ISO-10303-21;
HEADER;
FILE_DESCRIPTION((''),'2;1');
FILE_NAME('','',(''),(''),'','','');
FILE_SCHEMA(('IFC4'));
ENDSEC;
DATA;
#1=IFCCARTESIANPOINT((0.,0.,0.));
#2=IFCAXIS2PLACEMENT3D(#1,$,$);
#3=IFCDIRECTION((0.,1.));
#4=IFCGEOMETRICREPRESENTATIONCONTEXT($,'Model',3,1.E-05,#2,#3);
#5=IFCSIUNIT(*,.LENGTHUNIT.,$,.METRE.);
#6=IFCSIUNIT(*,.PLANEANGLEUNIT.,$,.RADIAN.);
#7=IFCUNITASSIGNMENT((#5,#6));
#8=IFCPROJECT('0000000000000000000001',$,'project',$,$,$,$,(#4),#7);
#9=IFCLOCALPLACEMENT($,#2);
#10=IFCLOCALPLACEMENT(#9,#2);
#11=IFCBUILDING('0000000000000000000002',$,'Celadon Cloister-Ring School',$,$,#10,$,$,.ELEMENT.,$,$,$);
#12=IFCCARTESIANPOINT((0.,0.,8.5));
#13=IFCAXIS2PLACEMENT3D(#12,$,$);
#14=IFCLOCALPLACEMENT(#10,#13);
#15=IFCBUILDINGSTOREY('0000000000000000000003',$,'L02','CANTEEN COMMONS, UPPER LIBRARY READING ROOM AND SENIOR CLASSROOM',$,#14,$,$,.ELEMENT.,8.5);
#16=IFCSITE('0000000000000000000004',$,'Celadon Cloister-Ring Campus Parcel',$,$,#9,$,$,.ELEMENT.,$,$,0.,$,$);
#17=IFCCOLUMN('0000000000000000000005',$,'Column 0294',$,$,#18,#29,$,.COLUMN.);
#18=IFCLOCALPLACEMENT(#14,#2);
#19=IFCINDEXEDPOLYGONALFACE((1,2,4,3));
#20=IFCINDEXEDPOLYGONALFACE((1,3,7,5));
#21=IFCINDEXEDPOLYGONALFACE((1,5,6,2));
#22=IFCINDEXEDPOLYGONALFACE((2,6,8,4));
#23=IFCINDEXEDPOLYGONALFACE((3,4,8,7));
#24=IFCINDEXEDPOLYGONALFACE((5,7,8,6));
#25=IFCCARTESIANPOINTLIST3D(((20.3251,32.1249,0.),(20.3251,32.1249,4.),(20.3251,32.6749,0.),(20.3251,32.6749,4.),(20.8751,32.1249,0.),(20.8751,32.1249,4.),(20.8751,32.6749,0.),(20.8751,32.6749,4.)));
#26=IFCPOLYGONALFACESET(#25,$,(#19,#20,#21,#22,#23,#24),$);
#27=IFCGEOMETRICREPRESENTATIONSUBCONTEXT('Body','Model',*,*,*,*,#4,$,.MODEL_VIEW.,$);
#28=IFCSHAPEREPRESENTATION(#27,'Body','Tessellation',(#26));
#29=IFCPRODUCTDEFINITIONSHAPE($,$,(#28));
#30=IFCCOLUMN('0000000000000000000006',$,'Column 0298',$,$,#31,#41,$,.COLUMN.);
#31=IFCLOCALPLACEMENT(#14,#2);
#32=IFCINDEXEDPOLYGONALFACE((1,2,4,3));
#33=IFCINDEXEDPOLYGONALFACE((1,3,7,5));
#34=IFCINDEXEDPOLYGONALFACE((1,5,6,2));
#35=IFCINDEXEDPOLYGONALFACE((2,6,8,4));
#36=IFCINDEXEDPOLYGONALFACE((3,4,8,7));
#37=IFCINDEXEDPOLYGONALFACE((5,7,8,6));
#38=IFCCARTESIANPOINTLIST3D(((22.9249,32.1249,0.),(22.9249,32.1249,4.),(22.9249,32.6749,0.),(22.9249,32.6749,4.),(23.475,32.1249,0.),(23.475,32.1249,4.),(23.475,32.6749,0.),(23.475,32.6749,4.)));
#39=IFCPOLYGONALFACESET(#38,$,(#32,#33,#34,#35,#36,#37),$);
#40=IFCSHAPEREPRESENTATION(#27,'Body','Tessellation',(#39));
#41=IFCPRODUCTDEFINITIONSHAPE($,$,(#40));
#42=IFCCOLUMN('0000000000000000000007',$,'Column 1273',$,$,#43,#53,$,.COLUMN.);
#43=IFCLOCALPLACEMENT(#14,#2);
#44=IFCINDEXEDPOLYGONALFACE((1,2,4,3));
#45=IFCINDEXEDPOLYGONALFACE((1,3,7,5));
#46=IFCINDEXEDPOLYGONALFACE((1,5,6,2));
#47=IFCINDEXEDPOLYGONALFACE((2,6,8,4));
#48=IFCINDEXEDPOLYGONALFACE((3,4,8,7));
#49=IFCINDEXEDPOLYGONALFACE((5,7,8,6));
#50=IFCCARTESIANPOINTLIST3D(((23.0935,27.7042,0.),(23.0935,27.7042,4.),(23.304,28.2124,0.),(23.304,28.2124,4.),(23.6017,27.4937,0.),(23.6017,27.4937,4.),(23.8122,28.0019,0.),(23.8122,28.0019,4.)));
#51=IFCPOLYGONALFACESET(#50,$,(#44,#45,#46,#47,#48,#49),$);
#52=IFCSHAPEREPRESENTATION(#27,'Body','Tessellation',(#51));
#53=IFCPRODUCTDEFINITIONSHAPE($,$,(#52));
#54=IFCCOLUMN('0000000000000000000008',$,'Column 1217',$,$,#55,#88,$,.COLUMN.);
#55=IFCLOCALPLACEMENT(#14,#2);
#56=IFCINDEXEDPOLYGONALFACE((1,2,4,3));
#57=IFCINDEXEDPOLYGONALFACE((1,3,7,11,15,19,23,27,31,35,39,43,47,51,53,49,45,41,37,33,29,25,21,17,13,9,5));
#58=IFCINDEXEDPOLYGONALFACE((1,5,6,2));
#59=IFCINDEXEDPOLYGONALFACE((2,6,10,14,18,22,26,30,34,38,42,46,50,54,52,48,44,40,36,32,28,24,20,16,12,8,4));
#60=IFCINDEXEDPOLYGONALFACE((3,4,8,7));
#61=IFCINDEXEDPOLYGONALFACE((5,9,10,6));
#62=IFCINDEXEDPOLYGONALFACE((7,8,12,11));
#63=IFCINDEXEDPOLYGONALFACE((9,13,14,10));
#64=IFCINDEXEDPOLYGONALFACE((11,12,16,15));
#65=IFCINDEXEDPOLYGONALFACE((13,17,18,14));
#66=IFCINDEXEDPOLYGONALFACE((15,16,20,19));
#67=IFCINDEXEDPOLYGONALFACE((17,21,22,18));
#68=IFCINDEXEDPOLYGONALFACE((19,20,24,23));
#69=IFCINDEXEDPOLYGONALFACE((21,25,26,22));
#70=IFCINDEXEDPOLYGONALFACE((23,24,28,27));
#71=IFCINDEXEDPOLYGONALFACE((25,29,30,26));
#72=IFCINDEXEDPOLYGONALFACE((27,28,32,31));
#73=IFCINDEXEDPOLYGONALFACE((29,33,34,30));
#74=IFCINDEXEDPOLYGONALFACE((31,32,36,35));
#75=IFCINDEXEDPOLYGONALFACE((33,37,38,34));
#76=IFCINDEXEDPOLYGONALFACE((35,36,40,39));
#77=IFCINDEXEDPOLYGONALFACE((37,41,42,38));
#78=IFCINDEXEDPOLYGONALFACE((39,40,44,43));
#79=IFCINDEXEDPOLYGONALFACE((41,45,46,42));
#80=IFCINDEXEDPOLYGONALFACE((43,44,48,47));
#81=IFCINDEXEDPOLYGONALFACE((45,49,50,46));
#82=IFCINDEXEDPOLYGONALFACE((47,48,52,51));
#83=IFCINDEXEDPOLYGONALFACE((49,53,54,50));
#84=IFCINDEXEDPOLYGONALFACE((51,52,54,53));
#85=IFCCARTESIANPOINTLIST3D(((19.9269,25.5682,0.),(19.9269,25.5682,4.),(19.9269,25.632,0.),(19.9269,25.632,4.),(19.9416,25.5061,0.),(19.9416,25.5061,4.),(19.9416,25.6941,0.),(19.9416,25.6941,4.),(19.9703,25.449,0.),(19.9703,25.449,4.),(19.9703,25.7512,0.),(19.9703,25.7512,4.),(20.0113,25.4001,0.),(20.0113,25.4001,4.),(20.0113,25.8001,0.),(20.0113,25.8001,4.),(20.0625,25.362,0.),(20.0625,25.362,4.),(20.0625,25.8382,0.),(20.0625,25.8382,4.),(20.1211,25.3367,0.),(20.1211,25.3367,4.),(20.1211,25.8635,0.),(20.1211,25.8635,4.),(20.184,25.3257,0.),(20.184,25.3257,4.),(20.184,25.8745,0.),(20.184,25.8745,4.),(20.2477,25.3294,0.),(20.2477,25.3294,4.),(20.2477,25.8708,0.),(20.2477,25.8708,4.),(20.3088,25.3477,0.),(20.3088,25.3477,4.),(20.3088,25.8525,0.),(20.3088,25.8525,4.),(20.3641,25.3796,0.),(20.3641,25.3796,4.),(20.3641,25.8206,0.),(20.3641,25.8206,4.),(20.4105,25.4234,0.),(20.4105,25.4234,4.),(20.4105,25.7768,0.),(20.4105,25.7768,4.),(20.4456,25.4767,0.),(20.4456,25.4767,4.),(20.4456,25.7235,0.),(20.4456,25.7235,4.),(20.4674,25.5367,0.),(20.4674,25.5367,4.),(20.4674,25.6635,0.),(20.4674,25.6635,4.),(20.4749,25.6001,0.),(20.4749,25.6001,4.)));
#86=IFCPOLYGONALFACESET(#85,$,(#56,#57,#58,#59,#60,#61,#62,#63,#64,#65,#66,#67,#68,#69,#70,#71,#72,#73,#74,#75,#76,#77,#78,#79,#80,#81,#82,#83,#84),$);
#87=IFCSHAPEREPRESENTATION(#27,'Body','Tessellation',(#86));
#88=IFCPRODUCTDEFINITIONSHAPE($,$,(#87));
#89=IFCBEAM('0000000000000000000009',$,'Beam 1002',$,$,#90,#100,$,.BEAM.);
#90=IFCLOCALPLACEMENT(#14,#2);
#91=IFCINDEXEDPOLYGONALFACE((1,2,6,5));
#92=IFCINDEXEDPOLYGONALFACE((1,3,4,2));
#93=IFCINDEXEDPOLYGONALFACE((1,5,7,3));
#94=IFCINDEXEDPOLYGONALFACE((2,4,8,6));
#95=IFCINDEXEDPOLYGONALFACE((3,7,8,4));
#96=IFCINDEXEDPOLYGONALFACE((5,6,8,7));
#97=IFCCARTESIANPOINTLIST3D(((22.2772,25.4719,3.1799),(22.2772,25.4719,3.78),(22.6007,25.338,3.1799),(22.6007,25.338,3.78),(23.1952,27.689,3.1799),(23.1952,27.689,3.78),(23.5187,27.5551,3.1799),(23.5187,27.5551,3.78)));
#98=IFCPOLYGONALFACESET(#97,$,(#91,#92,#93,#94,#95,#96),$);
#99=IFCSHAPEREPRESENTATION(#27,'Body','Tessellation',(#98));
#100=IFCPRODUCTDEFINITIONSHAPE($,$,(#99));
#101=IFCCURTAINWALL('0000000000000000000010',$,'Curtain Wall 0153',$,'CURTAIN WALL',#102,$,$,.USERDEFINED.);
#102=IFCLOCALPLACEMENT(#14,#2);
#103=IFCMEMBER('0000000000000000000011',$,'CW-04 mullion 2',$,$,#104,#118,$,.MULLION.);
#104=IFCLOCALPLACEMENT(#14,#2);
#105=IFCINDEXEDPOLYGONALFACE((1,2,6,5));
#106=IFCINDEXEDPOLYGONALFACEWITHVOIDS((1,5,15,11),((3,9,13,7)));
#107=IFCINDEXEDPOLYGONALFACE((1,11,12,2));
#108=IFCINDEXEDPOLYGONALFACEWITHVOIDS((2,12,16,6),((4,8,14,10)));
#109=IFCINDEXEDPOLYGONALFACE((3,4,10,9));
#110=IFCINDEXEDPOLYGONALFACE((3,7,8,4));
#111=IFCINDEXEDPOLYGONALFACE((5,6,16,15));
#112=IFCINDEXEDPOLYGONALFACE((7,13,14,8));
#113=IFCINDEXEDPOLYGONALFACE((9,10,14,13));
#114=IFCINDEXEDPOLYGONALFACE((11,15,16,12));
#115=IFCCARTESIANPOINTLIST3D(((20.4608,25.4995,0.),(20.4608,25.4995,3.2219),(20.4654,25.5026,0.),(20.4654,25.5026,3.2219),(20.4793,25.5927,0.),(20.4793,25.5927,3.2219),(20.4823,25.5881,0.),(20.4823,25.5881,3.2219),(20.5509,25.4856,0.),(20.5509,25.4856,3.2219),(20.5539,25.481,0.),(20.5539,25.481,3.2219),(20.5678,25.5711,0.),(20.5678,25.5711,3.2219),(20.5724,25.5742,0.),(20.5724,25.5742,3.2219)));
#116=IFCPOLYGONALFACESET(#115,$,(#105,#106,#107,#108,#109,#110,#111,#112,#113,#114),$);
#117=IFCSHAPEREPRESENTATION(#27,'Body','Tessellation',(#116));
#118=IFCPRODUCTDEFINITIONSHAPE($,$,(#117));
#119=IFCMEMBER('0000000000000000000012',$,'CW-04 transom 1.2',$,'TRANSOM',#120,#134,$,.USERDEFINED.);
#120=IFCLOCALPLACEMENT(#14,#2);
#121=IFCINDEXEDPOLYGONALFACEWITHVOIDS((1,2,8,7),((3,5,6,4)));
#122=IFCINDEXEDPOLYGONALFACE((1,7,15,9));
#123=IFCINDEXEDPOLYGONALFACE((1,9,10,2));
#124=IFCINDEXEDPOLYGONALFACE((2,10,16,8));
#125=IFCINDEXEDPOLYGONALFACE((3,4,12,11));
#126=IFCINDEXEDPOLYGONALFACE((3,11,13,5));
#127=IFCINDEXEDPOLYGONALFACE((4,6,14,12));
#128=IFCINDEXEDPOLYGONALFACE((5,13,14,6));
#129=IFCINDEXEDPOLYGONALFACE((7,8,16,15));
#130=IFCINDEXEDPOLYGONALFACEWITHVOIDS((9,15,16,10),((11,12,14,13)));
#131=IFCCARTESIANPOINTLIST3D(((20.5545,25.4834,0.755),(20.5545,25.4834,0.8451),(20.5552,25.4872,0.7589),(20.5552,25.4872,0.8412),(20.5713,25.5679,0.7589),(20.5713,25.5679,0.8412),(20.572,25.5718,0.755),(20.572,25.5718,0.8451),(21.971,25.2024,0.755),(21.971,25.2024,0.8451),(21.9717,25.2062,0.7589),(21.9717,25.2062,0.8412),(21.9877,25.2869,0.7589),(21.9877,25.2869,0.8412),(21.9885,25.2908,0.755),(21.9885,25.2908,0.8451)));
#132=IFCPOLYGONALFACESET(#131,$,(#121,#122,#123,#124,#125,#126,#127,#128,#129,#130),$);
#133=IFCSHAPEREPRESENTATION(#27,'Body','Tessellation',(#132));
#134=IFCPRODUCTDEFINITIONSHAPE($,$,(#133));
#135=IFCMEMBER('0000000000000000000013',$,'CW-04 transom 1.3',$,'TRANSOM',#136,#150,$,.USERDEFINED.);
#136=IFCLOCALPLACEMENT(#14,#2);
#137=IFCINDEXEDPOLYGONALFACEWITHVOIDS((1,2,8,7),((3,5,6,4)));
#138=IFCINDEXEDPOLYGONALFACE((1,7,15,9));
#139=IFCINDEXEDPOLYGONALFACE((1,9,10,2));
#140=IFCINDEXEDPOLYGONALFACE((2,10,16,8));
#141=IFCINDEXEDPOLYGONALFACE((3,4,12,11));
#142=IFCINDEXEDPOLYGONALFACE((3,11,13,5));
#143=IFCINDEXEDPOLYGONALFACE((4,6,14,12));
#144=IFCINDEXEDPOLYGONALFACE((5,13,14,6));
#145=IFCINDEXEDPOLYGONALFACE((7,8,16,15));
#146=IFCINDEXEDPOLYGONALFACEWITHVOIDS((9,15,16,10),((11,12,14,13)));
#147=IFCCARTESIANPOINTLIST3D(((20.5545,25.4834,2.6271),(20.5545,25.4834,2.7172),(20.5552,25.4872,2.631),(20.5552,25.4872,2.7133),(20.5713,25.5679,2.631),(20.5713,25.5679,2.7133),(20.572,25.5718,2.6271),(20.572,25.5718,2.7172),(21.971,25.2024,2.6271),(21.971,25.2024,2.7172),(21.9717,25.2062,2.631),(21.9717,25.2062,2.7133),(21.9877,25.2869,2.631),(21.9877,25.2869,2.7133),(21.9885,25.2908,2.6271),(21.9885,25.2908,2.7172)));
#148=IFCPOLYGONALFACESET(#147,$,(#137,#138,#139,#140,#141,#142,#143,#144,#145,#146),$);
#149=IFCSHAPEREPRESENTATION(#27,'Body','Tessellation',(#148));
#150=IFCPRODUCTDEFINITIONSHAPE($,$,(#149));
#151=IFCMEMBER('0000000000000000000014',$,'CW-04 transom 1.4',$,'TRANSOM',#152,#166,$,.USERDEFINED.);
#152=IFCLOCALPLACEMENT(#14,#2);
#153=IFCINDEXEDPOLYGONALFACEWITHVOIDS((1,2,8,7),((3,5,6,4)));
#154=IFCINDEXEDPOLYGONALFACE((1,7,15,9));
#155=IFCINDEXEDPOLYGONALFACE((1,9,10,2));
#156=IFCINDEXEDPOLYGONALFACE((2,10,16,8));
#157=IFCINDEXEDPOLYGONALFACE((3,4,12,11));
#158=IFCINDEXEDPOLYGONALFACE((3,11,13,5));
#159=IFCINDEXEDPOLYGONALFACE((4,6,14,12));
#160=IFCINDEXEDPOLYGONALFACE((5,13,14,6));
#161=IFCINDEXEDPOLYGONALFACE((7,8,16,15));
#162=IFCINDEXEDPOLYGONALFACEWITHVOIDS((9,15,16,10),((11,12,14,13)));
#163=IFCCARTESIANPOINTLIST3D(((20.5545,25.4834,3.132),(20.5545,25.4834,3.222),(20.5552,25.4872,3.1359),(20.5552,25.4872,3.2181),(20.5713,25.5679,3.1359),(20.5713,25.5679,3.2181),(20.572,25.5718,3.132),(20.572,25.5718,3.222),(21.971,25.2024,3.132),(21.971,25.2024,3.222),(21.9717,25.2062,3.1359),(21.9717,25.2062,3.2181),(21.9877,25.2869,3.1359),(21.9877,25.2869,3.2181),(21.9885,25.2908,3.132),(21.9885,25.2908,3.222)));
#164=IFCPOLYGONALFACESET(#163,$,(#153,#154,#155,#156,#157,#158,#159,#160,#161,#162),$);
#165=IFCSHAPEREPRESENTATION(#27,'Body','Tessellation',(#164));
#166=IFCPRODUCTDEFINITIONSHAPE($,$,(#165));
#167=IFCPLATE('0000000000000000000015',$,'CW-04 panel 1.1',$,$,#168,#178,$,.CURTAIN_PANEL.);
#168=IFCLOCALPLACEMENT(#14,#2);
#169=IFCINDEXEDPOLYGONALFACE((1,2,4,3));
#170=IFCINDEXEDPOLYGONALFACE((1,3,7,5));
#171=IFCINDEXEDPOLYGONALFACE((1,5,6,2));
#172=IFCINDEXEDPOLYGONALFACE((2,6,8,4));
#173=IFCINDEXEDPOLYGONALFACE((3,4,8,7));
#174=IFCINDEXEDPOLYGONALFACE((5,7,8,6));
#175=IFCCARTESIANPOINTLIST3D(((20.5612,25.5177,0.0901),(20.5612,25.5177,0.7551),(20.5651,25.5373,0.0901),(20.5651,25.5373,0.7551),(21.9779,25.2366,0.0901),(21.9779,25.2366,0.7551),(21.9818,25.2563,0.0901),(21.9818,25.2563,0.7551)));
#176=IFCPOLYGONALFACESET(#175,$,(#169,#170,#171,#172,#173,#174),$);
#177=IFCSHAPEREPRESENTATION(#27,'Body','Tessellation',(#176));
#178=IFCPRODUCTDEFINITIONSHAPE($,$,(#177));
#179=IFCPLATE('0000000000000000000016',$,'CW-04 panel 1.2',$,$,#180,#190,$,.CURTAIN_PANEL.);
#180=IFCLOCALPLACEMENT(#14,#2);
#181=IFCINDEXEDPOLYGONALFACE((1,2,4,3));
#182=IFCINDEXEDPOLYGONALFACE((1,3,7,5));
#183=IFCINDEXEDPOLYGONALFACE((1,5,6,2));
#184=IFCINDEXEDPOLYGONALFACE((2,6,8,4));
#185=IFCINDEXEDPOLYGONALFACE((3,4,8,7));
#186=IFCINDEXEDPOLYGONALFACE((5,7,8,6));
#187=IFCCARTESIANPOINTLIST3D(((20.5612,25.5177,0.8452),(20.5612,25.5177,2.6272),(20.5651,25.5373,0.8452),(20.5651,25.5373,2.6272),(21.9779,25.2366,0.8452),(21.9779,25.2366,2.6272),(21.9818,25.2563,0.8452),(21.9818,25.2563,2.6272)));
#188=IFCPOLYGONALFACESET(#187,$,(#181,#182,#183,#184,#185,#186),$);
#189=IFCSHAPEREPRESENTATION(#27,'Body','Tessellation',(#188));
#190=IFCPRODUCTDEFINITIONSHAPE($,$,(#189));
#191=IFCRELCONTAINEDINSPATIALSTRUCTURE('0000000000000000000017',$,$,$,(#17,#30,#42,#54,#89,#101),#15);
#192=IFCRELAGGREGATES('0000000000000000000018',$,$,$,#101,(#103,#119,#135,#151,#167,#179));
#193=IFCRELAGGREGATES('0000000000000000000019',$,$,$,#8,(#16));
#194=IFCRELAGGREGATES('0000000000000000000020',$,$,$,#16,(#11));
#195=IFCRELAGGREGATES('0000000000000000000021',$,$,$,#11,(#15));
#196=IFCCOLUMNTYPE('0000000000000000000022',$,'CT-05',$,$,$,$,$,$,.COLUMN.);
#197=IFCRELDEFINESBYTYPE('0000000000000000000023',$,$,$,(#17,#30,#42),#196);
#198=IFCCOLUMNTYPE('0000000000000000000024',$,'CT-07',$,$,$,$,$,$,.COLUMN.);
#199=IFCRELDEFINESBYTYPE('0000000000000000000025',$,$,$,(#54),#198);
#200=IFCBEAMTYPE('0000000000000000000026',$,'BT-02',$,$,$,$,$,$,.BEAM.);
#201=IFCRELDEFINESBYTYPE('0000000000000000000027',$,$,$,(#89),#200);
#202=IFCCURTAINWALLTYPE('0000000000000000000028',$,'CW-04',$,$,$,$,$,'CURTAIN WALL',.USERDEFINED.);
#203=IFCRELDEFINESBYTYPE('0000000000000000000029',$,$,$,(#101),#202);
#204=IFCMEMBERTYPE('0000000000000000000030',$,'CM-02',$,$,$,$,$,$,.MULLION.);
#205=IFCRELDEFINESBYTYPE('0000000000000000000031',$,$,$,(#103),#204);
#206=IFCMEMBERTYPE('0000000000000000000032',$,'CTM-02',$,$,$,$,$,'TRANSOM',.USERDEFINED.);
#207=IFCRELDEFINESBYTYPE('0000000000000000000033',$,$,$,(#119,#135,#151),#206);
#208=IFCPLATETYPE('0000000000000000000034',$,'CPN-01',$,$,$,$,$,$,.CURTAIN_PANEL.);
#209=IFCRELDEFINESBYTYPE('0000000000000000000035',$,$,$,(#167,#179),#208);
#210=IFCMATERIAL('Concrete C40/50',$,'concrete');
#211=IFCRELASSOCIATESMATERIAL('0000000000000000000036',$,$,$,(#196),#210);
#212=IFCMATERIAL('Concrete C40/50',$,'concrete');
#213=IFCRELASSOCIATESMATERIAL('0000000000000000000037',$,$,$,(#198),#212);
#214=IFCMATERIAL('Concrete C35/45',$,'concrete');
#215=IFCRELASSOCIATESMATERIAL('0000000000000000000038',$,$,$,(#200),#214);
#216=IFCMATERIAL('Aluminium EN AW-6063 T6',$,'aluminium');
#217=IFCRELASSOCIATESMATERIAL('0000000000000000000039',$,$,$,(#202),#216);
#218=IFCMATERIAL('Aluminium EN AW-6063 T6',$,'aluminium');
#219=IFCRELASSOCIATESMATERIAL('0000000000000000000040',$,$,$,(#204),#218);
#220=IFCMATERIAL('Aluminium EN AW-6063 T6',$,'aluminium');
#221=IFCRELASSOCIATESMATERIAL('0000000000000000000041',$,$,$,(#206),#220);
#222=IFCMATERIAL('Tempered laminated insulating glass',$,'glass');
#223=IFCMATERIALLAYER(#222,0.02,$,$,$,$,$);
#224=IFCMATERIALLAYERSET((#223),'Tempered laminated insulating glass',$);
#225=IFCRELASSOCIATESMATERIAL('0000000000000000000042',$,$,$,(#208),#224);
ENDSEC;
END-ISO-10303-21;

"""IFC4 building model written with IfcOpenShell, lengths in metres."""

from ifc_helpers import new_model, si_unit, direction, frame, origin, origin_2d, place, context, subcontext, project, spatial, rectangle, hollow_rectangle, circle, extrude, material, layer, layer_set, material_profile, profile_set, type_object, element, aggregate, save


model = new_model("IFC4")

# Units and contexts
model_context = context("Model", 3, precision=1e-05, world=origin(), true_north=direction((0.0, 1.0)))
body_context = subcontext(model_context, "Body", "Model", "MODEL_VIEW")
ifc_project = project(units=[si_unit("LENGTHUNIT", "METRE"), si_unit("PLANEANGLEUNIT", "RADIAN")], contexts=[model_context])

# Site, building, storey
site_placement = place(None, origin())
site = spatial("IfcSite", under=ifc_project, at=site_placement, Name="Celadon Cloister-Ring Campus Parcel", CompositionType="ELEMENT", RefElevation=0.0)
building_placement = place(site_placement, origin())
building = spatial("IfcBuilding", under=site, at=building_placement, Name="Celadon Cloister-Ring School", CompositionType="ELEMENT")
storey_placement = place(building_placement, frame((0.0, 0.0, 8.5)))
storey = spatial("IfcBuildingStorey", under=building, at=storey_placement, Name="L02", Description="CANTEEN COMMONS, UPPER LIBRARY READING ROOM AND SENIOR CLASSROOM", CompositionType="ELEMENT", Elevation=8.5)

# Columns
ifc_material_1 = material(Name="Concrete C40/50", Category="concrete")
ifc_material_profile_1 = material_profile(ifc_material_1, rectangle(XDim=0.55, YDim=0.55, at=origin_2d()), Name="RC550X550")
ifc_profile_set_1 = profile_set([ifc_material_profile_1], Name="Concrete C40/50")
column_type_1 = type_object("IfcColumnType", Name="CT-05", PredefinedType="COLUMN", material=ifc_profile_set_1)
for number, where, z_axis, x_axis, name in (
    (1, (20.6001, 32.3999, 0.0), (0.0, 0.0, 1.0), (1.0, 0.0, 0.0), "Column 0294"),
    (2, (23.2, 32.3999, 0.0), (0.0, 0.0, 1.0), (1.0, 0.0, 0.0), "Column 0298"),
    (3, (23.4529, 27.853, 0.0), (0.0, 0.0, 1.0), (0.382683, 0.92388, 0.0), "Column 1273"),
):
    element("IfcColumn", number, at=place(storey_placement, frame(where, z_axis=z_axis, x_axis=x_axis)), inside=storey, type_object=column_type_1, Name=name, PredefinedType="COLUMN", context=body_context, shape_type="SweptSolid", body=[
        extrude(rectangle(XDim=0.55, YDim=0.55, at=origin_2d()), origin(), (0.0, 0.0, 1.0), 4.0),
    ])
ifc_material_2 = material(Name="Concrete C40/50", Category="concrete")
ifc_material_profile_2 = material_profile(ifc_material_2, circle(Radius=0.2749, at=origin_2d()), Name="CIRC550")
ifc_profile_set_2 = profile_set([ifc_material_profile_2], Name="Concrete C40/50")
column_type_2 = type_object("IfcColumnType", Name="CT-07", PredefinedType="COLUMN", material=ifc_profile_set_2)
column_placement = place(storey_placement, frame((20.2, 25.6001, 0.0), z_axis=(0.0, 0.0, 1.0), x_axis=(1.0, 0.0, 0.0)))
element("IfcColumn", 4, at=column_placement, inside=storey, type_object=column_type_2, Name="Column 1217", PredefinedType="COLUMN", context=body_context, shape_type="SweptSolid", body=[
    extrude(circle(Radius=0.2749, at=origin_2d()), origin(), (0.0, 0.0, 1.0), 4.0),
])

# Beam
ifc_material_3 = material(Name="Concrete C35/45", Category="concrete")
ifc_material_profile_3 = material_profile(ifc_material_3, rectangle(XDim=0.3501, YDim=0.6001, at=origin_2d()), Name="RC350X600")
ifc_profile_set_3 = profile_set([ifc_material_profile_3], Name="Concrete C35/45")
beam_type = type_object("IfcBeamType", Name="BT-02", PredefinedType="BEAM", material=ifc_profile_set_3)
beam_placement = place(storey_placement, frame((23.3569, 27.6221, 3.48), z_axis=(-0.382555, -0.923933, 0.0), x_axis=(0.923933, -0.382555, 0.0)))
element("IfcBeam", 5, at=beam_placement, inside=storey, type_object=beam_type, Name="Beam 1002", PredefinedType="BEAM", context=body_context, shape_type="SweptSolid", body=[
    extrude(rectangle(XDim=0.3501, YDim=0.6001, at=origin_2d()), origin(), (0.0, 0.0, 1.0), 2.3997),
])

# Curtain wall, members, plates
ifc_material_4 = material(Name="Aluminium EN AW-6063 T6", Category="aluminium")
curtain_wall_type = type_object("IfcCurtainWallType", Name="CW-04", ElementType="CURTAIN WALL", PredefinedType="USERDEFINED", material=ifc_material_4)
curtain_wall_placement = place(storey_placement, origin())
curtain_wall = element("IfcCurtainWall", 6, at=curtain_wall_placement, inside=storey, type_object=curtain_wall_type, Name="Curtain Wall 0153", ObjectType="CURTAIN WALL", PredefinedType="USERDEFINED")
ifc_material_5 = material(Name="Aluminium EN AW-6063 T6", Category="aluminium")
ifc_material_profile_4 = material_profile(ifc_material_5, hollow_rectangle(XDim=0.095, YDim=0.095, WallThickness=0.0039, at=origin_2d()), Name="RHS95X95X4")
ifc_profile_set_4 = profile_set([ifc_material_profile_4], Name="Aluminium EN AW-6063 T6")
member_type_1 = type_object("IfcMemberType", Name="CM-02", PredefinedType="MULLION", material=ifc_profile_set_4)
member_1_placement = place(storey_placement, frame((20.5166, 25.5369, 0.0), z_axis=(0.0, 0.0, 1.0), x_axis=(-0.194586, -0.980885, 0.0)))
member_1 = element("IfcMember", 7, at=member_1_placement, type_object=member_type_1, Name="CW-04 mullion 2", PredefinedType="MULLION", context=body_context, shape_type="SweptSolid", body=[
    extrude(hollow_rectangle(XDim=0.095, YDim=0.095, WallThickness=0.0039, at=origin_2d()), origin(), (0.0, 0.0, 1.0), 3.2219),
])
ifc_material_6 = material(Name="Aluminium EN AW-6063 T6", Category="aluminium")
ifc_material_profile_5 = material_profile(ifc_material_6, hollow_rectangle(XDim=0.0901, YDim=0.0901, WallThickness=0.0039, at=origin_2d()), Name="RHS90X90X4")
ifc_profile_set_5 = profile_set([ifc_material_profile_5], Name="Aluminium EN AW-6063 T6")
member_type_2 = type_object("IfcMemberType", Name="CTM-02", ElementType="TRANSOM", PredefinedType="USERDEFINED", material=ifc_profile_set_5)
member_2_placement = place(storey_placement, frame((21.9797, 25.2466, 0.8), z_axis=(-0.980885, 0.194588, 0.0), x_axis=(-0.194588, -0.980885, 0.0)))
member_2 = element("IfcMember", 8, at=member_2_placement, type_object=member_type_2, Name="CW-04 transom 1.2", ObjectType="TRANSOM", PredefinedType="USERDEFINED", context=body_context, shape_type="SweptSolid", body=[
    extrude(hollow_rectangle(XDim=0.0901, YDim=0.0901, WallThickness=0.0039, at=origin_2d()), origin(), (0.0, 0.0, 1.0), 1.4441),
])
member_3_placement = place(storey_placement, frame((21.9797, 25.2466, 2.6721), z_axis=(-0.980885, 0.194588, 0.0), x_axis=(-0.194588, -0.980885, 0.0)))
member_3 = element("IfcMember", 9, at=member_3_placement, type_object=member_type_2, Name="CW-04 transom 1.3", ObjectType="TRANSOM", PredefinedType="USERDEFINED", context=body_context, shape_type="SweptSolid", body=[
    extrude(hollow_rectangle(XDim=0.0901, YDim=0.0901, WallThickness=0.0039, at=origin_2d()), origin(), (0.0, 0.0, 1.0), 1.4441),
])
member_4_placement = place(storey_placement, frame((21.9797, 25.2466, 3.177), z_axis=(-0.980885, 0.194588, 0.0), x_axis=(-0.194588, -0.980885, 0.0)))
member_4 = element("IfcMember", 10, at=member_4_placement, type_object=member_type_2, Name="CW-04 transom 1.4", ObjectType="TRANSOM", PredefinedType="USERDEFINED", context=body_context, shape_type="SweptSolid", body=[
    extrude(hollow_rectangle(XDim=0.0901, YDim=0.0901, WallThickness=0.0039, at=origin_2d()), origin(), (0.0, 0.0, 1.0), 1.4441),
])
ifc_material_7 = material(Name="Tempered laminated insulating glass", Category="glass")
ifc_layer_1 = layer(ifc_material_7, 0.02)
ifc_layer_set_1 = layer_set([ifc_layer_1], Name="Tempered laminated insulating glass")
plate_type = type_object("IfcPlateType", Name="CPN-01", PredefinedType="CURTAIN_PANEL", material=ifc_layer_set_1)
plate_1_placement = place(storey_placement, frame((21.2715, 25.387, 0.0901), z_axis=(0.0, 0.0, 1.0), x_axis=(-0.980885, 0.194586, 0.0)))
plate_1 = element("IfcPlate", 11, at=plate_1_placement, type_object=plate_type, Name="CW-04 panel 1.1", PredefinedType="CURTAIN_PANEL", context=body_context, shape_type="SweptSolid", body=[
    extrude(rectangle(XDim=1.4443, YDim=0.02, at=origin_2d()), origin(), (0.0, 0.0, 1.0), 0.665),
])
plate_2_placement = place(storey_placement, frame((21.2715, 25.387, 0.8452), z_axis=(0.0, 0.0, 1.0), x_axis=(-0.980885, 0.194586, 0.0)))
plate_2 = element("IfcPlate", 12, at=plate_2_placement, type_object=plate_type, Name="CW-04 panel 1.2", PredefinedType="CURTAIN_PANEL", context=body_context, shape_type="SweptSolid", body=[
    extrude(rectangle(XDim=1.4443, YDim=0.02, at=origin_2d()), origin(), (0.0, 0.0, 1.0), 1.782),
])
aggregate(curtain_wall, [member_1, member_2, member_3, member_4, plate_1, plate_2])

save(model, "model.ifc")
